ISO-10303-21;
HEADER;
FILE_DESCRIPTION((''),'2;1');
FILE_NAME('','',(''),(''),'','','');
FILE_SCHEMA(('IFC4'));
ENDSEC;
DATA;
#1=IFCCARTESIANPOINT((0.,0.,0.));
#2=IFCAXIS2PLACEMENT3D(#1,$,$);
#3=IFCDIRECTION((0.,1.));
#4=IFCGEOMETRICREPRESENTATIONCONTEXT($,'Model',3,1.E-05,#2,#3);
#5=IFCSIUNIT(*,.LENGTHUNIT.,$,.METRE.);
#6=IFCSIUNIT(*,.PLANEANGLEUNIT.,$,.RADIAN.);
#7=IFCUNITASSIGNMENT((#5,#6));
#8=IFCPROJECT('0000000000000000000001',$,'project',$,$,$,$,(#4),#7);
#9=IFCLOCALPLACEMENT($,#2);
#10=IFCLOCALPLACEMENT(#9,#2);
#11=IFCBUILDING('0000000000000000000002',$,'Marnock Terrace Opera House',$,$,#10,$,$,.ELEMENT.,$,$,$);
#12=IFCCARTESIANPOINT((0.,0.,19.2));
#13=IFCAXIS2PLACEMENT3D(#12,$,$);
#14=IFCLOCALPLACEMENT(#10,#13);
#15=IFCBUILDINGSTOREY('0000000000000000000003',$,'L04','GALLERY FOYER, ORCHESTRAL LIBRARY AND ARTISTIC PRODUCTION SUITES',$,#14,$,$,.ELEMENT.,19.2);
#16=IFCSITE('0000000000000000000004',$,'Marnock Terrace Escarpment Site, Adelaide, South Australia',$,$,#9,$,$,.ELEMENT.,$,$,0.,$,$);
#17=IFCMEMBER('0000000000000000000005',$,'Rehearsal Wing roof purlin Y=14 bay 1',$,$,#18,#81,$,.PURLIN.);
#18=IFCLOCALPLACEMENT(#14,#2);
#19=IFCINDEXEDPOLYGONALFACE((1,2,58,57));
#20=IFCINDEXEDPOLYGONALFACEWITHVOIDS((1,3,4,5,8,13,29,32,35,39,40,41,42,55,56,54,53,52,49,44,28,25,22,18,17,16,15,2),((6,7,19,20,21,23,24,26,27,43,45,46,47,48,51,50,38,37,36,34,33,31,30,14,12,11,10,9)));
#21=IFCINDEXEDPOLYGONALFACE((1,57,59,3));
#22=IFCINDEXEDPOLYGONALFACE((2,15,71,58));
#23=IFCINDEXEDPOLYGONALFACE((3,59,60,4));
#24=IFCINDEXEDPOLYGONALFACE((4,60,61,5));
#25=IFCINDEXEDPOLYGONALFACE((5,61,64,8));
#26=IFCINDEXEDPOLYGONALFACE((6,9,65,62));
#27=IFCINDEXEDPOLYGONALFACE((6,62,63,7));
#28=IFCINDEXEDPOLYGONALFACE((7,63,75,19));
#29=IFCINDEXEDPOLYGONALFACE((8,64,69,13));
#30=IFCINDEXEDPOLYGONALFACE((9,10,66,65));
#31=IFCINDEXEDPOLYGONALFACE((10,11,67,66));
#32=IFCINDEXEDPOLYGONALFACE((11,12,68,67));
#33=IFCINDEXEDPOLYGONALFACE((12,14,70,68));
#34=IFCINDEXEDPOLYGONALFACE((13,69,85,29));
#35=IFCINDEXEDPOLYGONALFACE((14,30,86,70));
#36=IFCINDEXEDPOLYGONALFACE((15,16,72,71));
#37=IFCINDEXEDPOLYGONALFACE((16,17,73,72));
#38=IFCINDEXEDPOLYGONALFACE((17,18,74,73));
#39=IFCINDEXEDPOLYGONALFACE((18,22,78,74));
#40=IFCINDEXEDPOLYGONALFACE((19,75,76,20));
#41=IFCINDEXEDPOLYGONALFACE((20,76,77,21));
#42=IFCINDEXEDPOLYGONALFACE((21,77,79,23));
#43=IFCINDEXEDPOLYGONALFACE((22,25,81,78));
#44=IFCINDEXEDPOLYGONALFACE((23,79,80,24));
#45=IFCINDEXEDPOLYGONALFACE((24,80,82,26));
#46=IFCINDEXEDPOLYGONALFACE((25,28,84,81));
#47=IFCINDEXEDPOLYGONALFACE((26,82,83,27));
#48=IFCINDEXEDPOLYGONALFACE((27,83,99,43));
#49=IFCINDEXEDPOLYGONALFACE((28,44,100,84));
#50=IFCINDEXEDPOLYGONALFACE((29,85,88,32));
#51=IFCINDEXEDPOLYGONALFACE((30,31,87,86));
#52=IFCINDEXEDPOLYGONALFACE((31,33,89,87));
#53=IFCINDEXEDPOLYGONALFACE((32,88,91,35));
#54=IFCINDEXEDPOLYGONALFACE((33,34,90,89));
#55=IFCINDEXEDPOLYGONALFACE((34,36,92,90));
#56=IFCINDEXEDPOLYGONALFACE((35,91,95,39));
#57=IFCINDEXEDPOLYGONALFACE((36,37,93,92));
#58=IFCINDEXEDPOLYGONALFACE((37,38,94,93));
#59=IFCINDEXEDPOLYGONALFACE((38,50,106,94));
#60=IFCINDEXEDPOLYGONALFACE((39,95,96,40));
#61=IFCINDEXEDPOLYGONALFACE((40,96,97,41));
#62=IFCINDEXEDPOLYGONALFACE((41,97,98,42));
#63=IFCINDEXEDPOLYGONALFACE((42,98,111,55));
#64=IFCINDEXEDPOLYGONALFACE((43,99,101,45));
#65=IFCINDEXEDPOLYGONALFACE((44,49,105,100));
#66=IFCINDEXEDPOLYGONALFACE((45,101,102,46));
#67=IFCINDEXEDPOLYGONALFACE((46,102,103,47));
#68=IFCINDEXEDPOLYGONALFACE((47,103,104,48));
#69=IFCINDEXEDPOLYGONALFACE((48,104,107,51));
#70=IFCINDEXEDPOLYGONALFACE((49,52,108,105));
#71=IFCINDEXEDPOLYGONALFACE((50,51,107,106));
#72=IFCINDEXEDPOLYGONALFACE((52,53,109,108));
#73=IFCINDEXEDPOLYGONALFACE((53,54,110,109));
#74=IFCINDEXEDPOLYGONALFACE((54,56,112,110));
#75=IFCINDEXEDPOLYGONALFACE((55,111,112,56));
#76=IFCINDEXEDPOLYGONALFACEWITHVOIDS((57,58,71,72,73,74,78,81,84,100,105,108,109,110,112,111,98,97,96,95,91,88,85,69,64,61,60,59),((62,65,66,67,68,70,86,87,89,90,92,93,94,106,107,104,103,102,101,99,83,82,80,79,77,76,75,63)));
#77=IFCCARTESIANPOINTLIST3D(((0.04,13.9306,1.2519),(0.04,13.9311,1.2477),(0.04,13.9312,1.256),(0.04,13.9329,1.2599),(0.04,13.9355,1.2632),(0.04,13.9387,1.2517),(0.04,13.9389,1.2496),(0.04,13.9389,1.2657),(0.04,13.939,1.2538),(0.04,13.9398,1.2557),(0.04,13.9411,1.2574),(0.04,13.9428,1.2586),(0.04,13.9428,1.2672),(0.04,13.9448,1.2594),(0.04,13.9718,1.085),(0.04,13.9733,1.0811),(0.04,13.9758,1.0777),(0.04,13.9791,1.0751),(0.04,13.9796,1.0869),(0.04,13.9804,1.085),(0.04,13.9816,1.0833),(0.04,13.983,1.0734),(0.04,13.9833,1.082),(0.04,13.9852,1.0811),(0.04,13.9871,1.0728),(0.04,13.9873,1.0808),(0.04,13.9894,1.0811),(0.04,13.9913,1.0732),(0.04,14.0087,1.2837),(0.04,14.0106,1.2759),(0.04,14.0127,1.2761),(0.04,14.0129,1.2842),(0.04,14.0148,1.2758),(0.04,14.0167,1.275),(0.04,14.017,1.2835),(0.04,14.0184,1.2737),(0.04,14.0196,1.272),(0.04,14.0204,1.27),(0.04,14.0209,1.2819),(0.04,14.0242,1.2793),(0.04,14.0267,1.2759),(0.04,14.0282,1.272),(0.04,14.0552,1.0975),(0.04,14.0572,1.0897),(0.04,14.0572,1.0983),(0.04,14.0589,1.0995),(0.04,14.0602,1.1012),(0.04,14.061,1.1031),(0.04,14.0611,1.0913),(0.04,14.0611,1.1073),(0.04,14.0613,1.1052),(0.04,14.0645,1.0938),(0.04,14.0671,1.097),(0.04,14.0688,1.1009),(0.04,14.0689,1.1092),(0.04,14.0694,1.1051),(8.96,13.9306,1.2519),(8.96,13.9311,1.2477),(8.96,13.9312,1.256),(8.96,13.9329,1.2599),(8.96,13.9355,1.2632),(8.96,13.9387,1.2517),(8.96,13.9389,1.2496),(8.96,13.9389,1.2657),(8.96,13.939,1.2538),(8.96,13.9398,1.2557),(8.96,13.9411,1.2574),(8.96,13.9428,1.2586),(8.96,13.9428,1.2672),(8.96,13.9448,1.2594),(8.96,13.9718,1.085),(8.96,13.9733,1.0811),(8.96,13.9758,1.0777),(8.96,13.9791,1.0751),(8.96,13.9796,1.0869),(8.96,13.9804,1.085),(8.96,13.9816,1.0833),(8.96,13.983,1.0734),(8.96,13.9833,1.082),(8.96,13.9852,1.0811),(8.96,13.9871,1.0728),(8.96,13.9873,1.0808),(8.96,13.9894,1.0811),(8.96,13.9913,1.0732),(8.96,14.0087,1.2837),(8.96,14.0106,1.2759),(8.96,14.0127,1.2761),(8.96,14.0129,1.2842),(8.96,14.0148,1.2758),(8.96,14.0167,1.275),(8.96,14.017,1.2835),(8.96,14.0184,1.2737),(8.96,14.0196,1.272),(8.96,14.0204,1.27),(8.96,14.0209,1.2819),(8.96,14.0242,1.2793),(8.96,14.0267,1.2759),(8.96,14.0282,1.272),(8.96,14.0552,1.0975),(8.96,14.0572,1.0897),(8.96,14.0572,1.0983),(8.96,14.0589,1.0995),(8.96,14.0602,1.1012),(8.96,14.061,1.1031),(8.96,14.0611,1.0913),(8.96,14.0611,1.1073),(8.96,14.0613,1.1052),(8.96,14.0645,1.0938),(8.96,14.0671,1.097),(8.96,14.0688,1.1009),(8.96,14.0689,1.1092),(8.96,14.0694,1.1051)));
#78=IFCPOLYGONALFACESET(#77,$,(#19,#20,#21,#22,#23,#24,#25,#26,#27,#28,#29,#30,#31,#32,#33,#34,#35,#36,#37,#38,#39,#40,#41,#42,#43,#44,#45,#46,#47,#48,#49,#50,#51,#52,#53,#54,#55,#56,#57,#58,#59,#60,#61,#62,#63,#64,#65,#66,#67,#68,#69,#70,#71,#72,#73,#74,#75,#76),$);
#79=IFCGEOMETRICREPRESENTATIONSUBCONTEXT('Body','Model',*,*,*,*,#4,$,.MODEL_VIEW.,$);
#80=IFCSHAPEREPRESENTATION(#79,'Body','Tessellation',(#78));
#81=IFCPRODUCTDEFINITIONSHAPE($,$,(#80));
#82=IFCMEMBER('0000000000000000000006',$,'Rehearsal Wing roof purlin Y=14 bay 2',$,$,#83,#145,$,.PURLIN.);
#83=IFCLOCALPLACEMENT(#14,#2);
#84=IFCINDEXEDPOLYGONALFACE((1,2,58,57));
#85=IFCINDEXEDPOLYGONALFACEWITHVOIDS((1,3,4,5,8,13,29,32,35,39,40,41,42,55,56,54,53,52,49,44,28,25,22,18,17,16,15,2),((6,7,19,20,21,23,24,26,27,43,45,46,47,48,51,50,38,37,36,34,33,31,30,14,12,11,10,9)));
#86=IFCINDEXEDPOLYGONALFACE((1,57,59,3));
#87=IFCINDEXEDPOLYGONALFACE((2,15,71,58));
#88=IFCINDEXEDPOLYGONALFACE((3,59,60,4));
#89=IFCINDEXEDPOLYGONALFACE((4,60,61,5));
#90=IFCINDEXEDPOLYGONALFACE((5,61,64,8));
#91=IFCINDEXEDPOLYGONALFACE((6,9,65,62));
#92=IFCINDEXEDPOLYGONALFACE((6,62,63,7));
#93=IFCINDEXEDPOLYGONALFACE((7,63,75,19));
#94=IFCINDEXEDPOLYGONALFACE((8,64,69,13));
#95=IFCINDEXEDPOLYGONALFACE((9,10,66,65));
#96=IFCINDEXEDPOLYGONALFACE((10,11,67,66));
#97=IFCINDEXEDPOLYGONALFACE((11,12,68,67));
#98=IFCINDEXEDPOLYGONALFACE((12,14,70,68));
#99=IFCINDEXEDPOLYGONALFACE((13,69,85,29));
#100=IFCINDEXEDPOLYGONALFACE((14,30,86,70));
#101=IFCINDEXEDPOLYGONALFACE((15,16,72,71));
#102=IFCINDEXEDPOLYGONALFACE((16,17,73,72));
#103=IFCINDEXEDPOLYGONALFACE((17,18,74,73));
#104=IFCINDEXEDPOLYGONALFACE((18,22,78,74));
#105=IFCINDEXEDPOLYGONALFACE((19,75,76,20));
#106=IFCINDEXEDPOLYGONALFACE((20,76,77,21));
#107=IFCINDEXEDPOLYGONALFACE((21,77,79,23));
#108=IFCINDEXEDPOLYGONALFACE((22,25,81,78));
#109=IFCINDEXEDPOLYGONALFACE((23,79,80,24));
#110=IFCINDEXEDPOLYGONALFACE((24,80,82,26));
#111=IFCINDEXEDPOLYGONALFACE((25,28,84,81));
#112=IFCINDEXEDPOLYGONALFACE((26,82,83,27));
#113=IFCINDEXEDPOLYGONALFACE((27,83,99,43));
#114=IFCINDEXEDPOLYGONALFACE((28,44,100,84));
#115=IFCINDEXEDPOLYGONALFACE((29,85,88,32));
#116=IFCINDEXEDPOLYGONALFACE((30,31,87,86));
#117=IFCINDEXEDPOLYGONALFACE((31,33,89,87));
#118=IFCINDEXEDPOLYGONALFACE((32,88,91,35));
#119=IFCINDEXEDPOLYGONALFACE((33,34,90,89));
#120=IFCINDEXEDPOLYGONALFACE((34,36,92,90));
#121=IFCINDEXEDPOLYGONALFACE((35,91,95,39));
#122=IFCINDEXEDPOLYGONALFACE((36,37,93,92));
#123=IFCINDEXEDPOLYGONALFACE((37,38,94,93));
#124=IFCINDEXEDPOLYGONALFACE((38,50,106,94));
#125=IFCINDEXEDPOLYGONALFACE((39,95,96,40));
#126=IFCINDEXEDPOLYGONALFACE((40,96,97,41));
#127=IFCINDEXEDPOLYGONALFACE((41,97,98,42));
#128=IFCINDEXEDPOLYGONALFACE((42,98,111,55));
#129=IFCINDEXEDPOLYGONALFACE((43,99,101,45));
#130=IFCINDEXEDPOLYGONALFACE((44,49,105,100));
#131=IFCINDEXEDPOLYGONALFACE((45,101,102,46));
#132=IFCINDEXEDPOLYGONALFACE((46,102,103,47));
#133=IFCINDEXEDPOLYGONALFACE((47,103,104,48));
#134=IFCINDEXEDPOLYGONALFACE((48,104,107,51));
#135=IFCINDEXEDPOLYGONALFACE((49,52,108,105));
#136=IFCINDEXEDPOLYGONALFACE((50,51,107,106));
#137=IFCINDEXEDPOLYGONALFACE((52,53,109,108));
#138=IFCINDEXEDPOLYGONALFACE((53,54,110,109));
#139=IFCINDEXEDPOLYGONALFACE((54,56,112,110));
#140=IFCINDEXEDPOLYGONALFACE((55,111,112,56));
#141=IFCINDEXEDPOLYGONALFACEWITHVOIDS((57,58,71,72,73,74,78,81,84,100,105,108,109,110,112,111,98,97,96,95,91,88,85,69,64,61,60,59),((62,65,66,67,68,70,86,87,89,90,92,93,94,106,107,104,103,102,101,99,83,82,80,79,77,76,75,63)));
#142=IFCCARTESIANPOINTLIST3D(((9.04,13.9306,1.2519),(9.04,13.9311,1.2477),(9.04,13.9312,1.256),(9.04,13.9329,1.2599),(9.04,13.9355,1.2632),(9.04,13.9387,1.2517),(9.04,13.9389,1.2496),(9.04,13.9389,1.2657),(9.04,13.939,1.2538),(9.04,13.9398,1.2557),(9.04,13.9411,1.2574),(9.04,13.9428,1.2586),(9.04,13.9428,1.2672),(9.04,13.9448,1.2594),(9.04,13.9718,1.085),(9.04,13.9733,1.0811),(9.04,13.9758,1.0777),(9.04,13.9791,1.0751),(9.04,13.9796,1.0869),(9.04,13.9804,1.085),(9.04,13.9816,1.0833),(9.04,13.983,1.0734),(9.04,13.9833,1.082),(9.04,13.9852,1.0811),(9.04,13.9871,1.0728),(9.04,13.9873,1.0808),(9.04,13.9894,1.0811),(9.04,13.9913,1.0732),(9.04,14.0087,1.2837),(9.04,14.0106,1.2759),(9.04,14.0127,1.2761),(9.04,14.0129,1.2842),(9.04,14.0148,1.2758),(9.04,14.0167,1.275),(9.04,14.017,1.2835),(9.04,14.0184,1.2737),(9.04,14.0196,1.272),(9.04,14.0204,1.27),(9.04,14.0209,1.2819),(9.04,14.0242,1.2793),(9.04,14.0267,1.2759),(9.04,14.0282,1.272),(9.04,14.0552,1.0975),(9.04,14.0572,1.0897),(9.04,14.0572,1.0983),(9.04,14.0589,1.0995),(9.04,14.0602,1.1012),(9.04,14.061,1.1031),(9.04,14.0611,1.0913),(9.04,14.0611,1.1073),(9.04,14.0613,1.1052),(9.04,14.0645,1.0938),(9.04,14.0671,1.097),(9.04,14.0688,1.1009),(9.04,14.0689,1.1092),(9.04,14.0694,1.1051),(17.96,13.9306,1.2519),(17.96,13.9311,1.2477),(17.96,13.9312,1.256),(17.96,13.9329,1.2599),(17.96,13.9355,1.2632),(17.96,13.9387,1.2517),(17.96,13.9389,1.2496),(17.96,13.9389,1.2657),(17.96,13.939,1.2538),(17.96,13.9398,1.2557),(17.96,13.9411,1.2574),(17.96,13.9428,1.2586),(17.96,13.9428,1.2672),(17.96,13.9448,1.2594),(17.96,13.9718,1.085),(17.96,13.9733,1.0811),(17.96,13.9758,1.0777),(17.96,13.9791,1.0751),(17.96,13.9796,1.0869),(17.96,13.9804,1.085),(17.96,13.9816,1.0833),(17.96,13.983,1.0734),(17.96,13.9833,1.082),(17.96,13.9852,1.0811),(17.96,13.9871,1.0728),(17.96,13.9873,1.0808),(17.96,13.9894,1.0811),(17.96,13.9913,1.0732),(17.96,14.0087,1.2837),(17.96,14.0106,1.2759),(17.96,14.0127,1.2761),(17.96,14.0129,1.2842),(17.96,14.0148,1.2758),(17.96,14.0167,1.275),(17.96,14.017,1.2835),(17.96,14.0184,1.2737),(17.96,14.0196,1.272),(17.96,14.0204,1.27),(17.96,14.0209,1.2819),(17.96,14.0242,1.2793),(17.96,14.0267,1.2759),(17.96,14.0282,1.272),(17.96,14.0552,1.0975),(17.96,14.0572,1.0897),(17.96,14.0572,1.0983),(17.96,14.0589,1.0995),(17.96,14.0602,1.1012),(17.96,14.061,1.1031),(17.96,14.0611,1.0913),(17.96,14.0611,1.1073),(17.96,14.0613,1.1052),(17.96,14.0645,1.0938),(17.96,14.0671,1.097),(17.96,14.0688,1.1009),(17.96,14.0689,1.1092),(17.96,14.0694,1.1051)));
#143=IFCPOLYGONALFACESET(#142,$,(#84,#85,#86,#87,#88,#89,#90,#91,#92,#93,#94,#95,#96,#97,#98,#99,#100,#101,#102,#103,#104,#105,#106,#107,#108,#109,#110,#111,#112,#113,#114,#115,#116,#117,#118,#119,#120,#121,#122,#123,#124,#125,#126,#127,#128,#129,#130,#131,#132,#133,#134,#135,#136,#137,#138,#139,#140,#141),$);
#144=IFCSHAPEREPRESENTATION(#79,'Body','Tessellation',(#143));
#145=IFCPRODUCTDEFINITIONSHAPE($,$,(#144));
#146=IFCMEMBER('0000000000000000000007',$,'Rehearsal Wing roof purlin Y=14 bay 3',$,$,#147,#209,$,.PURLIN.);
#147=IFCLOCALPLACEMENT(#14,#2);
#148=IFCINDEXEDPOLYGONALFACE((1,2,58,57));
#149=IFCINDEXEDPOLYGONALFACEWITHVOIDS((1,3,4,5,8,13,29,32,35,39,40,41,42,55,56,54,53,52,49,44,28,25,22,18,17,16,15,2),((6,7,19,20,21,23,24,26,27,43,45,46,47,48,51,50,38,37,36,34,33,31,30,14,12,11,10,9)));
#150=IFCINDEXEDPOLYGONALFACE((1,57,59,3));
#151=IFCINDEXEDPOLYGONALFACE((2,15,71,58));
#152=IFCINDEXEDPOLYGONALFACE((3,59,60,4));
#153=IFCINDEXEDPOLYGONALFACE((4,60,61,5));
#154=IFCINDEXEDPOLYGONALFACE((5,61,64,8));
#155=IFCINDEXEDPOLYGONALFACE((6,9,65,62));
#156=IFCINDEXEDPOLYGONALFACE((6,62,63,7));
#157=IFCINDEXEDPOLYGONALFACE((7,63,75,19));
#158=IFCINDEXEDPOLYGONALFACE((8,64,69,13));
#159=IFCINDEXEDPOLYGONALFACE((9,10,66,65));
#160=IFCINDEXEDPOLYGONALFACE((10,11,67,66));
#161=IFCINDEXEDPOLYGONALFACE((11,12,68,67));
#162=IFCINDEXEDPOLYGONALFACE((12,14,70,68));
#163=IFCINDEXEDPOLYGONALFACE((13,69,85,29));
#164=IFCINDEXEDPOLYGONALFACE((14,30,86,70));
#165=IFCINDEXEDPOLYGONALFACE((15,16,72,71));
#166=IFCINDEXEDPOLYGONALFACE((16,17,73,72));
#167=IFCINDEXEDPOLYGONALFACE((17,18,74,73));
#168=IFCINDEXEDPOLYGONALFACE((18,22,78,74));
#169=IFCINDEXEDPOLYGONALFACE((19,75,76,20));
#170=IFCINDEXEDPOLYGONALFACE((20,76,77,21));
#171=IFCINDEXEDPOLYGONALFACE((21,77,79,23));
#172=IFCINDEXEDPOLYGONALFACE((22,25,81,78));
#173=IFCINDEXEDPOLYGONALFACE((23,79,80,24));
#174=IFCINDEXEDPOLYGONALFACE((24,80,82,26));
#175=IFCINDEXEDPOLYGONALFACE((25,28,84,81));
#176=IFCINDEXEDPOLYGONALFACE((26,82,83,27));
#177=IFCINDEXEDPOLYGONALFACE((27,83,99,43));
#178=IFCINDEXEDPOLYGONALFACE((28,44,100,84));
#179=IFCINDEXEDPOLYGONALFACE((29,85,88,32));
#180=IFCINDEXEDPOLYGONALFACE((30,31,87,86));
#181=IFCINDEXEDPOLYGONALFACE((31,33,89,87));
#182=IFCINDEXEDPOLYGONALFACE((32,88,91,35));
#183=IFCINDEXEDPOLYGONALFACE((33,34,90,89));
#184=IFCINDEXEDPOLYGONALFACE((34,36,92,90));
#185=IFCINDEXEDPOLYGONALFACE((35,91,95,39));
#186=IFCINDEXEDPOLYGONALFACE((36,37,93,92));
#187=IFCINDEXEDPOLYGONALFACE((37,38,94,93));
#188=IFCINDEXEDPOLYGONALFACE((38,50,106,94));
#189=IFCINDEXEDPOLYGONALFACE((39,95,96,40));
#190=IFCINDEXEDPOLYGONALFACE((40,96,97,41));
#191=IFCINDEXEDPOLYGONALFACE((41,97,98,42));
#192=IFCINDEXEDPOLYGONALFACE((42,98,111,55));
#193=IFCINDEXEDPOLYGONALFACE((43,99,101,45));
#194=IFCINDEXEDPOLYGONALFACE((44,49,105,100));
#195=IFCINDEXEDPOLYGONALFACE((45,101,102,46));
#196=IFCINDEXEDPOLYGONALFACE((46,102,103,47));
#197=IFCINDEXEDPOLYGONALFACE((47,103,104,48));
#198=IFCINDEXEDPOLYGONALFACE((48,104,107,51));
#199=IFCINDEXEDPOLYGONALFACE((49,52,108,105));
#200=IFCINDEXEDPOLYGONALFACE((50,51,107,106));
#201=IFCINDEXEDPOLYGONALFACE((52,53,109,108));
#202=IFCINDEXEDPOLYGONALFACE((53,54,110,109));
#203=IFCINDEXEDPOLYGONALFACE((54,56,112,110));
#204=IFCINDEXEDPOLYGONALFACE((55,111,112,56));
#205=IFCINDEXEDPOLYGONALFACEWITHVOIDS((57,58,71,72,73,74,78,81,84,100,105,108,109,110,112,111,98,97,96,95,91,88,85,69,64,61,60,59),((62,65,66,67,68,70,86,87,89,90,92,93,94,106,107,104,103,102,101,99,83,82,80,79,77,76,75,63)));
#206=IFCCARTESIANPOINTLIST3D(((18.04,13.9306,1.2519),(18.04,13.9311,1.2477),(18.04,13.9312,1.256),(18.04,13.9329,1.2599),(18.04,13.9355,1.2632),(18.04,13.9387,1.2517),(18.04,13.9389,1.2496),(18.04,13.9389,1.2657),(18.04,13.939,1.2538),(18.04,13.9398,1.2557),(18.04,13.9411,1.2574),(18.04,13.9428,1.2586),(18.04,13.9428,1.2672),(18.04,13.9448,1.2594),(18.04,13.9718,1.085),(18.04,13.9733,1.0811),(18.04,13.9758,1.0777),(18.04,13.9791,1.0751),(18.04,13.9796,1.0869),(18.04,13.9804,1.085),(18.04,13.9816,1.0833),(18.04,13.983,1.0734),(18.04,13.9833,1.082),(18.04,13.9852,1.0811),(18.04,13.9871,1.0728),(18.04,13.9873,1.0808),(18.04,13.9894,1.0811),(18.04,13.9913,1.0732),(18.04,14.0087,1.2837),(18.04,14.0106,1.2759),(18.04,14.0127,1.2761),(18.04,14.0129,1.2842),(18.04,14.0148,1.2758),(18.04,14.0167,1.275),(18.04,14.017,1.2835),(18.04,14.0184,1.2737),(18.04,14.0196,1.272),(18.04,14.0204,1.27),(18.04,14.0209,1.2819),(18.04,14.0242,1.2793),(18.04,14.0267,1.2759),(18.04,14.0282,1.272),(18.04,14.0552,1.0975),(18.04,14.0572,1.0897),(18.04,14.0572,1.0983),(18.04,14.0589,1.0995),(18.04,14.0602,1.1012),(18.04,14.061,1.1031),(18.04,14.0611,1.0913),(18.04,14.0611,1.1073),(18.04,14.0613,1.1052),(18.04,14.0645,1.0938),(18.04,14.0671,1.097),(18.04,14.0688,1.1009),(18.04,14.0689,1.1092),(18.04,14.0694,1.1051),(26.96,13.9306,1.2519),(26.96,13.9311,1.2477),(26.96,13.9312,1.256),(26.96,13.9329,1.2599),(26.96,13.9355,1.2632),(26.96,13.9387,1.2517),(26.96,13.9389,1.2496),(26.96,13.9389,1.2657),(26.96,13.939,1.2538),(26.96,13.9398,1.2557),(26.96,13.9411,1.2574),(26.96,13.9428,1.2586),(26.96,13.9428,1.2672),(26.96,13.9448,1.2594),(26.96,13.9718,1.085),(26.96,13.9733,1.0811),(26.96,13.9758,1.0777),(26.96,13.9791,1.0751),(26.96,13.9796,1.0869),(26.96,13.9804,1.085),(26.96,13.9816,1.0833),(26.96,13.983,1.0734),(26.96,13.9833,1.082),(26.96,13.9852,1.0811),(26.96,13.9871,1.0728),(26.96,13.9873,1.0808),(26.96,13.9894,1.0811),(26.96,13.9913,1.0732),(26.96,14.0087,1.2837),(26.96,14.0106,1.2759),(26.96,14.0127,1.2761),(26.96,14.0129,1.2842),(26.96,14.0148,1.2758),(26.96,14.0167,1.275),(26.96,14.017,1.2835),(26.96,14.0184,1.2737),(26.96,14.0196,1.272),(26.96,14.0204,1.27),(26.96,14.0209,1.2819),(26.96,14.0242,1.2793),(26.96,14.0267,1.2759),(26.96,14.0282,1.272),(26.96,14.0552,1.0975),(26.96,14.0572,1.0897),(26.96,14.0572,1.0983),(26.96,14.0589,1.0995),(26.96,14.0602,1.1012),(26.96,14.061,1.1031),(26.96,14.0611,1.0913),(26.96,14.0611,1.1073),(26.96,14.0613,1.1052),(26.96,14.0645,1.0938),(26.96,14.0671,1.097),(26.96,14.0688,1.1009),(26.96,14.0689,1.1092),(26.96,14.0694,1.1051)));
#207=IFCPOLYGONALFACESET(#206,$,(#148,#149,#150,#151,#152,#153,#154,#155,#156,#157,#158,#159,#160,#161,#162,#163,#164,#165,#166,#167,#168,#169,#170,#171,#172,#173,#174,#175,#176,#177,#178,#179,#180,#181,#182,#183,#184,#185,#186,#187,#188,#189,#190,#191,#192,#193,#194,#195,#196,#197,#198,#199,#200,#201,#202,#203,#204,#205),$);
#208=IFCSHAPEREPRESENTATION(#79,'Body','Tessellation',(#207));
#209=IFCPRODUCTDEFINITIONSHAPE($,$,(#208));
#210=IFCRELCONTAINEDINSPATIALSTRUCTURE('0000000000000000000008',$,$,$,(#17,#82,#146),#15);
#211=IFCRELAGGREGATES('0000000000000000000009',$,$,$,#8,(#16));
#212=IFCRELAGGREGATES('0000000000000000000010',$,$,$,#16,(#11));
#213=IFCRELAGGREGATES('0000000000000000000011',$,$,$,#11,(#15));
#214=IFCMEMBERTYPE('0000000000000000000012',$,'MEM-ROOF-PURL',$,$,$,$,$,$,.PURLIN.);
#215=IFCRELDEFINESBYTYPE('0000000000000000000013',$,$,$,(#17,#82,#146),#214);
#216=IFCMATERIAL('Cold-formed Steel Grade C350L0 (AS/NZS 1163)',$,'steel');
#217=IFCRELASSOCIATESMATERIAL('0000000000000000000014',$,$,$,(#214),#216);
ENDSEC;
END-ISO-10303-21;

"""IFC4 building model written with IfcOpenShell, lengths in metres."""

from ifc_helpers import new_model, si_unit, direction, frame, origin, origin_2d, place, context, subcontext, project, spatial, hollow_rectangle, extrude, material, material_profile, profile_set, type_object, element, save


model = new_model("IFC4")

# Units and contexts
model_context = context("Model", 3, precision=1e-05, world=origin(), true_north=direction((0.0, 1.0)))
body_context = subcontext(model_context, "Body", "Model", "MODEL_VIEW")
ifc_project = project(units=[si_unit("LENGTHUNIT", "METRE"), si_unit("PLANEANGLEUNIT", "RADIAN")], contexts=[model_context])

# Site, building, storey
site_placement = place(None, origin())
site = spatial("IfcSite", under=ifc_project, at=site_placement, Name="Marnock Terrace Escarpment Site, Adelaide, South Australia", CompositionType="ELEMENT", RefElevation=0.0)
building_placement = place(site_placement, origin())
building = spatial("IfcBuilding", under=site, at=building_placement, Name="Marnock Terrace Opera House", CompositionType="ELEMENT")
storey_placement = place(building_placement, frame((0.0, 0.0, 19.2)))
storey = spatial("IfcBuildingStorey", under=building, at=storey_placement, Name="L04", Description="GALLERY FOYER, ORCHESTRAL LIBRARY AND ARTISTIC PRODUCTION SUITES", CompositionType="ELEMENT", Elevation=19.2)

# Members
ifc_material_1 = material(Name="Cold-formed Steel Grade C350L0 (AS/NZS 1163)", Category="steel")
ifc_material_profile_1 = material_profile(ifc_material_1, hollow_rectangle(XDim=0.1001, YDim=0.2, WallThickness=0.0081, InnerFilletRadius=0.0081, OuterFilletRadius=0.0161, at=origin_2d()))
ifc_profile_set_1 = profile_set([ifc_material_profile_1], Name="Cold-formed Steel Grade C350L0 (AS/NZS 1163)")
member_type_1 = type_object("IfcMemberType", Name="MEM-ROOF-PURL", PredefinedType="PURLIN", material=ifc_profile_set_1)
for number, where, z_axis, x_axis, name in (
    (1, (0.04, 14.0, 1.1785), (1.0, 0.0, 0.0), (0.0, 0.970143, 0.242535), "Rehearsal Wing roof purlin Y=14 bay 1"),
    (2, (9.04, 14.0, 1.1785), (1.0, 0.0, 0.0), (0.0, 0.970143, 0.242535), "Rehearsal Wing roof purlin Y=14 bay 2"),
    (3, (18.04, 14.0, 1.1785), (1.0, 0.0, 0.0), (0.0, 0.970143, 0.242535), "Rehearsal Wing roof purlin Y=14 bay 3"),
):
    element("IfcMember", number, at=place(storey_placement, frame(where, z_axis=z_axis, x_axis=x_axis)), inside=storey, type_object=member_type_1, Name=name, PredefinedType="PURLIN", context=body_context, shape_type="SweptSolid", body=[
        extrude(hollow_rectangle(XDim=0.1001, YDim=0.2, WallThickness=0.0081, InnerFilletRadius=0.0081, OuterFilletRadius=0.0161, at=origin_2d()), origin(), (0.0, 0.0, 1.0), 8.9199),
    ])

save(model, "model.ifc")
